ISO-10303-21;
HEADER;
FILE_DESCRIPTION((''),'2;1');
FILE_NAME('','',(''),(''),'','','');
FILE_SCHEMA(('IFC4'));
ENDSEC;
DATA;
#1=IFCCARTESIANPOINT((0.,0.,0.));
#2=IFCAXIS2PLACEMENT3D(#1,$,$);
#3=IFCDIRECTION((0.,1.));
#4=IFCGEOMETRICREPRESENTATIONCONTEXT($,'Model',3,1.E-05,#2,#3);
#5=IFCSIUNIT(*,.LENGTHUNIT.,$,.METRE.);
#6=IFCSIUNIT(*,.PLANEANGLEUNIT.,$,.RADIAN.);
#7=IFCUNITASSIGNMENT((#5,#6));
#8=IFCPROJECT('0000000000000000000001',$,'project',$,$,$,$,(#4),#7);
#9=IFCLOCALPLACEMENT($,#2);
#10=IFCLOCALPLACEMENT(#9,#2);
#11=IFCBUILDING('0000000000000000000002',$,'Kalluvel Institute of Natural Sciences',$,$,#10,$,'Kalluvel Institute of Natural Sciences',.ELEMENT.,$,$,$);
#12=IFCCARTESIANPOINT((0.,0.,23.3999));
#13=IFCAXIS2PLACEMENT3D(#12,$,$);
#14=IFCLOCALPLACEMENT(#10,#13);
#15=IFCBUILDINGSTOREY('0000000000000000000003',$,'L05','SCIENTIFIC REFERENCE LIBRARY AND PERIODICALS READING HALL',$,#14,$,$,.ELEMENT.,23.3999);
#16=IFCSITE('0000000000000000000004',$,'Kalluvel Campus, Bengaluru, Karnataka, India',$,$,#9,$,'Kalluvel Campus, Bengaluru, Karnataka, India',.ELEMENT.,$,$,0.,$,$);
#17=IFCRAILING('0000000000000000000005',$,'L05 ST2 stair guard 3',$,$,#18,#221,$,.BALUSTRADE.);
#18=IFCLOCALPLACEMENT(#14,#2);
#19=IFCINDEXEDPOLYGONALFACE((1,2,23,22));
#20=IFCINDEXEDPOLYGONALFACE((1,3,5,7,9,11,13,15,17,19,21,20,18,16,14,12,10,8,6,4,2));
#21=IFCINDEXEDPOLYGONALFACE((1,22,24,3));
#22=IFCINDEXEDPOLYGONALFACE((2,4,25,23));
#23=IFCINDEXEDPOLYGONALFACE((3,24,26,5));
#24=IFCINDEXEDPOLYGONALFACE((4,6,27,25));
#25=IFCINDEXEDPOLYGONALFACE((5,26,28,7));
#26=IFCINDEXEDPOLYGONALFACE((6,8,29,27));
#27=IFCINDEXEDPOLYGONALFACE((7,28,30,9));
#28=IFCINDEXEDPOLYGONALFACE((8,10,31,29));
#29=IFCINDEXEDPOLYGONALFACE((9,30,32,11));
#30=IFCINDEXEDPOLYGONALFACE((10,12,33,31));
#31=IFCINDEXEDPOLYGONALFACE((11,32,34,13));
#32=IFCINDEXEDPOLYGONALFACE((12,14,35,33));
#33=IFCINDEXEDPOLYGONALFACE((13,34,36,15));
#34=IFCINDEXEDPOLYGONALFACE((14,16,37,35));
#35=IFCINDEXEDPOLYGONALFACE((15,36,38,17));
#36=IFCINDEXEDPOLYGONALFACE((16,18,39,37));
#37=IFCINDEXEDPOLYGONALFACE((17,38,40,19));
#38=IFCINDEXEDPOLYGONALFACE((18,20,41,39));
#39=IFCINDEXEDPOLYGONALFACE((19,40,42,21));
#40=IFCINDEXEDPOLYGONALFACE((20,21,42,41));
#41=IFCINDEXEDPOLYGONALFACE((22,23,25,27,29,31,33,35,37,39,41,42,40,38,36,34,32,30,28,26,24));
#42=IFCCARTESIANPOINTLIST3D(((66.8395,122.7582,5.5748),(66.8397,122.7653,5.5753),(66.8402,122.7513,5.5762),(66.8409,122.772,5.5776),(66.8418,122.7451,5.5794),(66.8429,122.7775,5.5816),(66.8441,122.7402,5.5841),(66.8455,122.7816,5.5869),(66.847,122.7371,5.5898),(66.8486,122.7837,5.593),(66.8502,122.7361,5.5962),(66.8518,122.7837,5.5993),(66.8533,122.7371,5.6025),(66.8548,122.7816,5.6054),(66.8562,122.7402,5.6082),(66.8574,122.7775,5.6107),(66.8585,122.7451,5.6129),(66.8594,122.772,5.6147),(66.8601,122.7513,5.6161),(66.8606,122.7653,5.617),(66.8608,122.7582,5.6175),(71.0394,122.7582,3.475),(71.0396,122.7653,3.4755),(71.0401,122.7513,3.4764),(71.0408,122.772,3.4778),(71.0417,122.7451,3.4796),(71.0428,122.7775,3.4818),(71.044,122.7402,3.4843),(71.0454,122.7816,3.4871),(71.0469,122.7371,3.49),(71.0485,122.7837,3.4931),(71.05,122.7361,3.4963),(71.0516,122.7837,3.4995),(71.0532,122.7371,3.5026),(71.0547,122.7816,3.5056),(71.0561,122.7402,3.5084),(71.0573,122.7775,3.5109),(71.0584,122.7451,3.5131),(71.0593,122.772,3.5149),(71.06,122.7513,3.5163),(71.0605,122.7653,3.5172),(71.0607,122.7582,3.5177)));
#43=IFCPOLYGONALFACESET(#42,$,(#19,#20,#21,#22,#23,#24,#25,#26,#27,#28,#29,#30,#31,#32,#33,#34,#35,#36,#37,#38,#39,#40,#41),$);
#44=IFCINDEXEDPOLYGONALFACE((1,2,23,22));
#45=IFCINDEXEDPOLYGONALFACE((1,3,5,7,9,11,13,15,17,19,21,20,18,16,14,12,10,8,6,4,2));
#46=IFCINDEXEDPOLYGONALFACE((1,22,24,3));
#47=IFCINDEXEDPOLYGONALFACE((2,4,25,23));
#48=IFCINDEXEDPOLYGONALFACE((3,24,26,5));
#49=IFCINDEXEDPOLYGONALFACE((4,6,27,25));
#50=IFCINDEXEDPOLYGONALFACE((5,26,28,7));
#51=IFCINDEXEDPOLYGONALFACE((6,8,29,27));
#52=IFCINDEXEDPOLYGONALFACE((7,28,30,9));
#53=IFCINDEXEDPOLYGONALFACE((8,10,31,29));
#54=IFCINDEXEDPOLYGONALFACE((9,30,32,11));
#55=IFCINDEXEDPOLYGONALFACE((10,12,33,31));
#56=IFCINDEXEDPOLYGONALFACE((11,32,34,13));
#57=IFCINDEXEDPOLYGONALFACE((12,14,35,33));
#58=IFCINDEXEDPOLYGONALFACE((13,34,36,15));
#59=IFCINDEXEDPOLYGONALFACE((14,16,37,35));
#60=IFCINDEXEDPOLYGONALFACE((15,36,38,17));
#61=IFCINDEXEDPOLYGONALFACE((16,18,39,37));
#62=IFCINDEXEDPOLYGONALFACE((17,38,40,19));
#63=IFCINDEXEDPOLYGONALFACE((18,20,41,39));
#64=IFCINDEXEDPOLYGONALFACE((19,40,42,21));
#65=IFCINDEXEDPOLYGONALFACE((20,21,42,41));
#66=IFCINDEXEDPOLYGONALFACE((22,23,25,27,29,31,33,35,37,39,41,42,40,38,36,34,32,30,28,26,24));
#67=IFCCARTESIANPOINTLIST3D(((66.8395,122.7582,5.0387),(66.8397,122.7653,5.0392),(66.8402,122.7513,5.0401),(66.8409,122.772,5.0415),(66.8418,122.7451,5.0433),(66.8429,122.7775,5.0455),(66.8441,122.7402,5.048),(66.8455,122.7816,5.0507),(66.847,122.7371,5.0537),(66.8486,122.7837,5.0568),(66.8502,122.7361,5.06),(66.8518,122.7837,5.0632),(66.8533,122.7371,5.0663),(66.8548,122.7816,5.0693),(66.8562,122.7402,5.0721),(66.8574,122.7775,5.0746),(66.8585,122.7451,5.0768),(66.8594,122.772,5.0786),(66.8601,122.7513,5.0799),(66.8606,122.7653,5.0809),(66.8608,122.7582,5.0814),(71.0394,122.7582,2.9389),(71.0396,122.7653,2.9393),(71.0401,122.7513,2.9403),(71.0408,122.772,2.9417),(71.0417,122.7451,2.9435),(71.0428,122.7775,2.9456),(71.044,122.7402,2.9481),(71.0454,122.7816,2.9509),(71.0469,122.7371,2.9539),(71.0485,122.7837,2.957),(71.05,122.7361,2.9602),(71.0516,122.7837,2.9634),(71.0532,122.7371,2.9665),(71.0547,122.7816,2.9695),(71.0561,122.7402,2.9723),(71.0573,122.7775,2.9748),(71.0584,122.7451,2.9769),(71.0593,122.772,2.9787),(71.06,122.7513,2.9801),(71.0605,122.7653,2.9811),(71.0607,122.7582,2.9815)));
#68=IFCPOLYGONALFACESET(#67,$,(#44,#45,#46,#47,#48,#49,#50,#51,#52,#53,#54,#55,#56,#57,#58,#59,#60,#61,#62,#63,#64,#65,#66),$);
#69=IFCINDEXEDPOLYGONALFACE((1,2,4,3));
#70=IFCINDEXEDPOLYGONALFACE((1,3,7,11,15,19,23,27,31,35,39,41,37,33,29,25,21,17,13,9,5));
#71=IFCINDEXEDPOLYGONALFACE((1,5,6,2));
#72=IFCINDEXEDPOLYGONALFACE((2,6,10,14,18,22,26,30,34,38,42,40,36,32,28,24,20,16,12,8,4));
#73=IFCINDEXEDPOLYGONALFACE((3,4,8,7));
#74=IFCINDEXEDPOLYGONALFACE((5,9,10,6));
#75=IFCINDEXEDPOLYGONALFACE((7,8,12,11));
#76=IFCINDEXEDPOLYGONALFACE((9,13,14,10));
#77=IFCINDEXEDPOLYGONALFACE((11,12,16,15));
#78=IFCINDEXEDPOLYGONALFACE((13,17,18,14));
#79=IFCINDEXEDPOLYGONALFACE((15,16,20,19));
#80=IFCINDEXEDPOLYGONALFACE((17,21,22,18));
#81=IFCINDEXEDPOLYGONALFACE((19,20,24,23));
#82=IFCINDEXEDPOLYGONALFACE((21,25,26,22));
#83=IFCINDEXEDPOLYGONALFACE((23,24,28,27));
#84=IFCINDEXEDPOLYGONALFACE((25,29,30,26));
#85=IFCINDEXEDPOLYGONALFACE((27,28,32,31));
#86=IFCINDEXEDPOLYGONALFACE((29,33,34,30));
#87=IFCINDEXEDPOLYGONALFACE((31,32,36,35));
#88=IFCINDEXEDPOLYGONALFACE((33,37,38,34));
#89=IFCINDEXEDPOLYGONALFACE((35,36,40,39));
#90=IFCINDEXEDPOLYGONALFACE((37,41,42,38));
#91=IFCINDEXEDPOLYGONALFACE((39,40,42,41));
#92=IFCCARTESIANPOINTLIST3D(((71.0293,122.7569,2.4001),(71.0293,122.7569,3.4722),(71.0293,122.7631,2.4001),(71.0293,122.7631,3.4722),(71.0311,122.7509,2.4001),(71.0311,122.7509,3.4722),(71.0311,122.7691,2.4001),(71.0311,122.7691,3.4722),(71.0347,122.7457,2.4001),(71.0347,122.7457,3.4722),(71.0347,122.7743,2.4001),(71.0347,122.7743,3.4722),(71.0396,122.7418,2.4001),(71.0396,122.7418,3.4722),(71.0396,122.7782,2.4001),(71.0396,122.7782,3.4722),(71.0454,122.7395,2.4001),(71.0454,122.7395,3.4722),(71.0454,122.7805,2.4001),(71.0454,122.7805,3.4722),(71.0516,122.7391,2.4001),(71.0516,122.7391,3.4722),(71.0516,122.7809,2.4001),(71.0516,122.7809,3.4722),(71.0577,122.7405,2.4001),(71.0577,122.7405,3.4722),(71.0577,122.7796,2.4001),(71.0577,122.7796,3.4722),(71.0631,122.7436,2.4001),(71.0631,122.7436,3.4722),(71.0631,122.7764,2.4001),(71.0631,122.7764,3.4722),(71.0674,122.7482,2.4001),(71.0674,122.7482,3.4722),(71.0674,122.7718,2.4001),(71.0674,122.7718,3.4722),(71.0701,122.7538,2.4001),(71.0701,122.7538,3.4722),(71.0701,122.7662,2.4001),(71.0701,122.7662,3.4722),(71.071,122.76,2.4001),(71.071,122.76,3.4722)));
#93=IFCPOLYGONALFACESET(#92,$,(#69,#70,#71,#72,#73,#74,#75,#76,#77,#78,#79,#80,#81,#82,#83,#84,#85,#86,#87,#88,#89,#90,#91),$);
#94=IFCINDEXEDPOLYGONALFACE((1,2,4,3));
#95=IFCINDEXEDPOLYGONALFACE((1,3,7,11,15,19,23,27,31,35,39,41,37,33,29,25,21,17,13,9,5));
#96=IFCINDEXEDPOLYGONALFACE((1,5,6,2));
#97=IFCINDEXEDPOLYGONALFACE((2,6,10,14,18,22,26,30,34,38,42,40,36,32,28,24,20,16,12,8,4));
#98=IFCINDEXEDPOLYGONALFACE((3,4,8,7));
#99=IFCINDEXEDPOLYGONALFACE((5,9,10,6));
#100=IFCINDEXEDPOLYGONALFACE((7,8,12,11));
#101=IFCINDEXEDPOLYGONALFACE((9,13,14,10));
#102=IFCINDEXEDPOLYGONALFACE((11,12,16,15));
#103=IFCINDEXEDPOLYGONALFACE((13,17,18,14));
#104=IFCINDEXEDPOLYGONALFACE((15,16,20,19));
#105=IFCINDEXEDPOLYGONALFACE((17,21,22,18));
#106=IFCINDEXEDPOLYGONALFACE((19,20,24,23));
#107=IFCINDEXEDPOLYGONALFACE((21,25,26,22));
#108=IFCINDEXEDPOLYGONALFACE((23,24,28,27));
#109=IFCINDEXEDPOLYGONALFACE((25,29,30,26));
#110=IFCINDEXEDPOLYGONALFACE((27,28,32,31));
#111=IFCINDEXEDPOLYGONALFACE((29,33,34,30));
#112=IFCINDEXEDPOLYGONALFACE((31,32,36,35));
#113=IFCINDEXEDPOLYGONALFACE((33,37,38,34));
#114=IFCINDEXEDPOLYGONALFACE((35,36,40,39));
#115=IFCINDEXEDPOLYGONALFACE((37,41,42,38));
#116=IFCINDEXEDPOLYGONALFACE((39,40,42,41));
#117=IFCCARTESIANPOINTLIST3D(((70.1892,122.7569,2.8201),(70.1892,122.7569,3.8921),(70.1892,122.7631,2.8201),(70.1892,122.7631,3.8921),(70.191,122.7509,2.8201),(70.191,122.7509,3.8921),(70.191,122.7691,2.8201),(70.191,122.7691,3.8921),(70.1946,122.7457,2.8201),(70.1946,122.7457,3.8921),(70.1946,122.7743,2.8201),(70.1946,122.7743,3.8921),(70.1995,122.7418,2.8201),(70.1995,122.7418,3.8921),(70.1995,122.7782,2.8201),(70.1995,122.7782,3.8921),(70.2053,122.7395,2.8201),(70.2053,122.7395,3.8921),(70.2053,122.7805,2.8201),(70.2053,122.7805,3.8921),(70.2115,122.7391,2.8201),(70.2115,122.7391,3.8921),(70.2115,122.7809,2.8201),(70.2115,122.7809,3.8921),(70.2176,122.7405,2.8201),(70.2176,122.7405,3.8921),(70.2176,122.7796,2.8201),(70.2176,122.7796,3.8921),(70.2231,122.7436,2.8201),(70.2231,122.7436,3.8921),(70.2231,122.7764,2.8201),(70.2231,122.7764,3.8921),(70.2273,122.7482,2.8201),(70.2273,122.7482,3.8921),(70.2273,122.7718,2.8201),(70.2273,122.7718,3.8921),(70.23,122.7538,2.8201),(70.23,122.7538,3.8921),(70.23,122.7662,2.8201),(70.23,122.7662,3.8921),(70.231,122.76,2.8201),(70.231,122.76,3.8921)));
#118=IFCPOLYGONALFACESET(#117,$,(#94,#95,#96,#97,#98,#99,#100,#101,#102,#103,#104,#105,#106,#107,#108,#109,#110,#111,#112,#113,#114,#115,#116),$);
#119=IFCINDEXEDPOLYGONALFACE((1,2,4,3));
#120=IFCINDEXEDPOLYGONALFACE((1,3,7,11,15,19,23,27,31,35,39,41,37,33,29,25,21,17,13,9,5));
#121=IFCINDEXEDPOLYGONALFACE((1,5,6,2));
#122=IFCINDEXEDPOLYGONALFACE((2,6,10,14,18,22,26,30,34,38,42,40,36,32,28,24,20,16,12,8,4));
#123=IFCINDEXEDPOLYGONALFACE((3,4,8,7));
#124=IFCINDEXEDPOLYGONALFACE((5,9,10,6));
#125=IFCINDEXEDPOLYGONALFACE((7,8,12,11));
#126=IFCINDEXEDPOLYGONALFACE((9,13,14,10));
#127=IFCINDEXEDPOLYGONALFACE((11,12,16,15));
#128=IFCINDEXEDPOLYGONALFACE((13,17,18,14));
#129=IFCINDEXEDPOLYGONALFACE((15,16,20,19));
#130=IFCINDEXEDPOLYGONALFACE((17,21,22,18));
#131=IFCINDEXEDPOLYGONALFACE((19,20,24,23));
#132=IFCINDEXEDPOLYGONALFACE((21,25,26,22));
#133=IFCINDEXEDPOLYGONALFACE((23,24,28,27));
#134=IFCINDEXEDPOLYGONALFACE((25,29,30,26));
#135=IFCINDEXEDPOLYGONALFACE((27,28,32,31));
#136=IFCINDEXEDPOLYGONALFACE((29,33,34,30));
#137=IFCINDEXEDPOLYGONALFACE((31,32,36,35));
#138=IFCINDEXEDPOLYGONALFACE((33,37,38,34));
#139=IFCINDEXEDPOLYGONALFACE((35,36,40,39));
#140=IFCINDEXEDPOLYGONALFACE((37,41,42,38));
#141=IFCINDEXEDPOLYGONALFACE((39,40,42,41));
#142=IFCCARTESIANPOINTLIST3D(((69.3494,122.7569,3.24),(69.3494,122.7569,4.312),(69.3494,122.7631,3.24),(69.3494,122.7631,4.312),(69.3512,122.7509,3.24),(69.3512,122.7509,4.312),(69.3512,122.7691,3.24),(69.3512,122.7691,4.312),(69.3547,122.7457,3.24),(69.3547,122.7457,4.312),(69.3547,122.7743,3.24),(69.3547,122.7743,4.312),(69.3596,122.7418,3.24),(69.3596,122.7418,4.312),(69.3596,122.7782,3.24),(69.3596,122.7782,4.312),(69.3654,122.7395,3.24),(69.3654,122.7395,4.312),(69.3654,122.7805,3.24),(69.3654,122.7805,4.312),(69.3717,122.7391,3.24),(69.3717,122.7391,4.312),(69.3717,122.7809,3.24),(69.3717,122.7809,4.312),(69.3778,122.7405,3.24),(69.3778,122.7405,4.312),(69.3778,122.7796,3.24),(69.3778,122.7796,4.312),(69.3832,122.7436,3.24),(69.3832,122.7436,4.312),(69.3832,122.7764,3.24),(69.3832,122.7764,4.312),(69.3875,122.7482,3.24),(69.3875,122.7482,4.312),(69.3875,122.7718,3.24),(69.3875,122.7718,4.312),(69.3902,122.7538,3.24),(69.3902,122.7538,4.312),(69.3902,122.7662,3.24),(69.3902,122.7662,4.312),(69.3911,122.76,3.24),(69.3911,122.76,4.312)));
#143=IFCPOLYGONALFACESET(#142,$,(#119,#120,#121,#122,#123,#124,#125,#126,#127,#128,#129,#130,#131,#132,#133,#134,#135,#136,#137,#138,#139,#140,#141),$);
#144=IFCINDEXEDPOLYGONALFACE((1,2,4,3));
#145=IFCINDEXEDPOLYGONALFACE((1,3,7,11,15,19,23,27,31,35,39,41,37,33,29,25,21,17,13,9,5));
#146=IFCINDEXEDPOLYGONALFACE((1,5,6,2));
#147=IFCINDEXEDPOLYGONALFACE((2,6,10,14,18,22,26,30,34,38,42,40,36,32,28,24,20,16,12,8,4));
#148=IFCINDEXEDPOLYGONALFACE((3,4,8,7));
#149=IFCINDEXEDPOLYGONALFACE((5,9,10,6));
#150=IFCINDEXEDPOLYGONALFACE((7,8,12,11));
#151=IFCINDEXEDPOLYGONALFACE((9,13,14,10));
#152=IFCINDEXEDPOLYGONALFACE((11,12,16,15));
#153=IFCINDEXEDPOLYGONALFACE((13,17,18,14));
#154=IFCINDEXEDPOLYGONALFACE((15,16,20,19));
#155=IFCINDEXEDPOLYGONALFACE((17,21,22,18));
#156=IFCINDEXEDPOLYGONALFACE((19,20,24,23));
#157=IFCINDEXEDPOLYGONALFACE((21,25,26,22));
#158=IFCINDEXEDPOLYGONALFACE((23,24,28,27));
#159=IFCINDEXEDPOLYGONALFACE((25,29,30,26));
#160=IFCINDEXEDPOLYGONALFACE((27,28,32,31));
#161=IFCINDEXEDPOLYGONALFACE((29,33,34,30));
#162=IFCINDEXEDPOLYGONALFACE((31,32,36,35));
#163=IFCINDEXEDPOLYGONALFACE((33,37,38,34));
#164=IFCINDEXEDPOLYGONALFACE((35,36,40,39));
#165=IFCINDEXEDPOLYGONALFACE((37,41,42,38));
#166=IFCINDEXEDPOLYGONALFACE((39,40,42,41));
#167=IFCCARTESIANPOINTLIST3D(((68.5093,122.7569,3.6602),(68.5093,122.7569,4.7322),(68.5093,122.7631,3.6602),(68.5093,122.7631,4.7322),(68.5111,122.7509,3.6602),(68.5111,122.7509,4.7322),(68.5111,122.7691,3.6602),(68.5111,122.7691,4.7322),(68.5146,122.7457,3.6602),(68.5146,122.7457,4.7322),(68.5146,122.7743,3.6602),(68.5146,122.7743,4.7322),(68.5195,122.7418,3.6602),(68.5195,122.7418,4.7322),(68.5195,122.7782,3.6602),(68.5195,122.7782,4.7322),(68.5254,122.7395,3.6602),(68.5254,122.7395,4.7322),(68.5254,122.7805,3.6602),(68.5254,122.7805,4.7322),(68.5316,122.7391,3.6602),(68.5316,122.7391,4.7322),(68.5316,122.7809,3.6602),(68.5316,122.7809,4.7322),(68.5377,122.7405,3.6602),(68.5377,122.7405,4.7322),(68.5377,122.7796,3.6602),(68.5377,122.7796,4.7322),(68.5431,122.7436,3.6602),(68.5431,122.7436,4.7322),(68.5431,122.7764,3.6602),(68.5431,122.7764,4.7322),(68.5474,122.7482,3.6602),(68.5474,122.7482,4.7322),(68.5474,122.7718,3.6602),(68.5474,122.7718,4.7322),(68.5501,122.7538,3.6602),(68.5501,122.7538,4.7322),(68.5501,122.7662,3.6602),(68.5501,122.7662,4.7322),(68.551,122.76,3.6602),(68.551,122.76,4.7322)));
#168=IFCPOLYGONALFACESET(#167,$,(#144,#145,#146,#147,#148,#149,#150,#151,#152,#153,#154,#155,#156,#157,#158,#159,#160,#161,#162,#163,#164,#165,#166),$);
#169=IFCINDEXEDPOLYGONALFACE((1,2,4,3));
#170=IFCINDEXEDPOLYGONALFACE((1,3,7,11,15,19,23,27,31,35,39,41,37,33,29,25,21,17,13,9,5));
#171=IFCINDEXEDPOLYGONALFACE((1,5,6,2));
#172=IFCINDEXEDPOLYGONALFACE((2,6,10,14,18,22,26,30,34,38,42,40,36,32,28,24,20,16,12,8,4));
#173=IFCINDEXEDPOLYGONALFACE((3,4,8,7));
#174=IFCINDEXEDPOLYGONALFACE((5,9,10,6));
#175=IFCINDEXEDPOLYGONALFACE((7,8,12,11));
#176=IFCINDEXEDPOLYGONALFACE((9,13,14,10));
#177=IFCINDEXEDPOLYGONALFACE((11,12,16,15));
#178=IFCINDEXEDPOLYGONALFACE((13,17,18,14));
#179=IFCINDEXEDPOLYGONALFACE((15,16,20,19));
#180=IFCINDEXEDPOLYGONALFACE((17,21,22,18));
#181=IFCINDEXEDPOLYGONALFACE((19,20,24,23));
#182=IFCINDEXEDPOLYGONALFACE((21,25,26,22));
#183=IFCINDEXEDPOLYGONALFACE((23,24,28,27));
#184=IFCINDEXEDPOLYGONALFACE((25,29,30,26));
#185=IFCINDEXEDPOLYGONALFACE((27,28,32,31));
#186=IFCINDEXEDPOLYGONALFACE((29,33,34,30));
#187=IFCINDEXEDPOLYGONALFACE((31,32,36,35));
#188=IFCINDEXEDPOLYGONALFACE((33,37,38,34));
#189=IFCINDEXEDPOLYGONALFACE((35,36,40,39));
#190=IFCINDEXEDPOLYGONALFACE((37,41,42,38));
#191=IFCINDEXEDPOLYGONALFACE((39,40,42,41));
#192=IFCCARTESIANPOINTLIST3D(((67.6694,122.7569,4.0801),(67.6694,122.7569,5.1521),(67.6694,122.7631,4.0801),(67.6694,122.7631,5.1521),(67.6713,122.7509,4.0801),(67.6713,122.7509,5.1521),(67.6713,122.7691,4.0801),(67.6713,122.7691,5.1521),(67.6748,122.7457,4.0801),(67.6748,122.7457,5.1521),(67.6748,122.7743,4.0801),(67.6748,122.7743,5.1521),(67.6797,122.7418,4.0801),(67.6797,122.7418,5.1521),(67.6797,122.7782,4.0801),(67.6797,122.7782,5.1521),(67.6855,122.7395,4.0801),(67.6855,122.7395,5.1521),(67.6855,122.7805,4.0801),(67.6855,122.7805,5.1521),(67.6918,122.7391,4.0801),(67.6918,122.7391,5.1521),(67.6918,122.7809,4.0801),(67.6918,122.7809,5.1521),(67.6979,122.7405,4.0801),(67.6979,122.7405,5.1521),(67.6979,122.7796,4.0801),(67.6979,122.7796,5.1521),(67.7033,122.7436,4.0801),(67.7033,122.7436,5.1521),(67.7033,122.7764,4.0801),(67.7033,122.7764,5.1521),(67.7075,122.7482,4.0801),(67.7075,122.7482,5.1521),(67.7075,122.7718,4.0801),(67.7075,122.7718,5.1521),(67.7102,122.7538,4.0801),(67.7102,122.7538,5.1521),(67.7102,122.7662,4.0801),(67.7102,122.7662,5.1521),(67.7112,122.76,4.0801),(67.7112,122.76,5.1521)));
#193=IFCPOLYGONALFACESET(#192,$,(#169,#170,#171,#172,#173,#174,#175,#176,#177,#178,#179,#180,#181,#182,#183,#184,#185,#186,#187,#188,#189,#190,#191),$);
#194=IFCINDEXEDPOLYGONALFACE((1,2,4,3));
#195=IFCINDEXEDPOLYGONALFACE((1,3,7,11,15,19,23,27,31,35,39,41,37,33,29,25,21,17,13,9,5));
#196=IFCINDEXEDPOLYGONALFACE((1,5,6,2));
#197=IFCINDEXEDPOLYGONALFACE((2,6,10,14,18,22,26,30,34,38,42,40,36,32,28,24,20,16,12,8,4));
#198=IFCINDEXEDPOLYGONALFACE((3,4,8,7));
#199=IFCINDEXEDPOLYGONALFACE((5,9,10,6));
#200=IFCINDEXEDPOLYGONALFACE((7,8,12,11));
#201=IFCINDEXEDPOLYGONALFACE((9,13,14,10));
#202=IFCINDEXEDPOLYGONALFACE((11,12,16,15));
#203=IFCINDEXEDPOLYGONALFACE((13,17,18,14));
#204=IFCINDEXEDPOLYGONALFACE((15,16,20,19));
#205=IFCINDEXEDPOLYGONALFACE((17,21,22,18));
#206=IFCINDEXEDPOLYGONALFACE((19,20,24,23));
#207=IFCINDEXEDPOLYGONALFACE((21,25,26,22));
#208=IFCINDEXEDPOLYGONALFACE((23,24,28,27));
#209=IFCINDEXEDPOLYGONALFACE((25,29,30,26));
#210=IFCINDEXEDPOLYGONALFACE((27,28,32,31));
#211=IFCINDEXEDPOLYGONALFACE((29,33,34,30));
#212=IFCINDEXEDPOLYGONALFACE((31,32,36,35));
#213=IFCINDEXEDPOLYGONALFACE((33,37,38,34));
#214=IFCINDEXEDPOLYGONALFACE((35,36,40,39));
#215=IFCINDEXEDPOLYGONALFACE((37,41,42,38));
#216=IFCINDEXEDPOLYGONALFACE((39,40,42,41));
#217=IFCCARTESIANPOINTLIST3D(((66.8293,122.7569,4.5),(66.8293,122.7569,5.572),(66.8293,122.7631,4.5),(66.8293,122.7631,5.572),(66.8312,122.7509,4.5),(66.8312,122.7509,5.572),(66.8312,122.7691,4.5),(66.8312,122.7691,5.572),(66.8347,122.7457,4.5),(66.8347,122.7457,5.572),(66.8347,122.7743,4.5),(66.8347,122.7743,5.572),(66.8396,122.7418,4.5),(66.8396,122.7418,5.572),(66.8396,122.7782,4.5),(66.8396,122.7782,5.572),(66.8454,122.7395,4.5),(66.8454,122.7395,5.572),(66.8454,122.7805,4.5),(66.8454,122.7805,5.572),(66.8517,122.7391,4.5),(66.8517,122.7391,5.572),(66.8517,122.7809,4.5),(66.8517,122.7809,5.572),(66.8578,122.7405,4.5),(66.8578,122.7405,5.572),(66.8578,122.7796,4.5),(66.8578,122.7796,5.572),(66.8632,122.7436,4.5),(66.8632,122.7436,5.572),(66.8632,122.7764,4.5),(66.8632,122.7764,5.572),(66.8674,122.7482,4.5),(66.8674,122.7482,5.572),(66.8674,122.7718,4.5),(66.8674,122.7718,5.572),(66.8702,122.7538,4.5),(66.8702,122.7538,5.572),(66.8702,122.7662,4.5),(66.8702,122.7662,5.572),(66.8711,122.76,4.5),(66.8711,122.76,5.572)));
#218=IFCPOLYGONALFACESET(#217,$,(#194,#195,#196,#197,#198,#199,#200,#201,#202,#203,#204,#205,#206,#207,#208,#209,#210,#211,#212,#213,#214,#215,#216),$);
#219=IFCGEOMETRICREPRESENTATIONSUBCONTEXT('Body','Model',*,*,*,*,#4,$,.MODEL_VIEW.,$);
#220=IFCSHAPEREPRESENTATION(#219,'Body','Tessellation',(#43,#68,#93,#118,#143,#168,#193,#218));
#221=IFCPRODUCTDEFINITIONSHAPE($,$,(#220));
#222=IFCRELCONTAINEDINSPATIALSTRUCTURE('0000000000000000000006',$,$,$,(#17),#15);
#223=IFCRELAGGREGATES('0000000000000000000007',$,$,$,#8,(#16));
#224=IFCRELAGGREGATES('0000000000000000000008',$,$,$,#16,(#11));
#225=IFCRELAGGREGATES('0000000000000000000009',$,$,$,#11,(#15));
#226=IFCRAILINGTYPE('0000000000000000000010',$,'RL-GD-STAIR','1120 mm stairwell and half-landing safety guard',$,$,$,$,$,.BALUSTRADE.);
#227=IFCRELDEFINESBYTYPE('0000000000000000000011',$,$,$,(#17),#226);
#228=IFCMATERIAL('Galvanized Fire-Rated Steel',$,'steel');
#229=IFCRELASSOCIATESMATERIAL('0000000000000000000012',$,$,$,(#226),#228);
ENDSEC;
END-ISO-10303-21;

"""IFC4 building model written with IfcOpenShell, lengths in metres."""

from ifc_helpers import new_model, si_unit, direction, frame, origin, origin_2d, place, context, subcontext, project, spatial, circle, extrude, material, type_object, element, save


model = new_model("IFC4")

# Units and contexts
model_context = context("Model", 3, precision=1e-05, world=origin(), true_north=direction((0.0, 1.0)))
body_context = subcontext(model_context, "Body", "Model", "MODEL_VIEW")
ifc_project = project(units=[si_unit("LENGTHUNIT", "METRE"), si_unit("PLANEANGLEUNIT", "RADIAN")], contexts=[model_context])

# Site, building, storey
site_placement = place(None, origin())
site = spatial("IfcSite", under=ifc_project, at=site_placement, Name="Kalluvel Campus, Bengaluru, Karnataka, India", LongName="Kalluvel Campus, Bengaluru, Karnataka, India", CompositionType="ELEMENT", RefElevation=0.0)
building_placement = place(site_placement, origin())
building = spatial("IfcBuilding", under=site, at=building_placement, Name="Kalluvel Institute of Natural Sciences", LongName="Kalluvel Institute of Natural Sciences", CompositionType="ELEMENT")
storey_placement = place(building_placement, frame((0.0, 0.0, 23.3999)))
storey = spatial("IfcBuildingStorey", under=building, at=storey_placement, Name="L05", Description="SCIENTIFIC REFERENCE LIBRARY AND PERIODICALS READING HALL", CompositionType="ELEMENT", Elevation=23.3999)

# Shared definitions
ifc_material_1 = material(Name="Galvanized Fire-Rated Steel", Category="steel")

# Railing
railing_type_1 = type_object("IfcRailingType", Name="RL-GD-STAIR", Description="1120 mm stairwell and half-landing safety guard", PredefinedType="BALUSTRADE", material=ifc_material_1)
railing_1_placement = place(storey_placement, frame((71.05, 122.76, 2.4001)))
element("IfcRailing", 1, at=railing_1_placement, inside=storey, type_object=railing_type_1, Name="L05 ST2 stair guard 3", PredefinedType="BALUSTRADE", context=body_context, shape_type="SweptSolid", body=[
    extrude(circle(Radius=0.0239, at=origin_2d()), frame((0.0, 0.0, 1.0962), z_axis=(-0.894438, 0.0, 0.447193), x_axis=(0.0, -1.0, 0.0)), (0.0, 0.0, 1.0), 4.6956),
    extrude(circle(Radius=0.0239, at=origin_2d()), frame((0.0, 0.0, 0.5601), z_axis=(-0.894438, 0.0, 0.447193), x_axis=(0.0, -1.0, 0.0)), (0.0, 0.0, 1.0), 4.6956),
    extrude(circle(Radius=0.021, at=origin_2d()), origin(), (0.0, 0.0, 1.0), 1.072),
    extrude(circle(Radius=0.021, at=origin_2d()), frame((-0.8401, 0.0, 0.4199)), (0.0, 0.0, 1.0), 1.072),
    extrude(circle(Radius=0.021, at=origin_2d()), frame((-1.6799, 0.0, 0.8398)), (0.0, 0.0, 1.0), 1.072),
    extrude(circle(Radius=0.021, at=origin_2d()), frame((-2.52, 0.0, 1.26)), (0.0, 0.0, 1.0), 1.072),
    extrude(circle(Radius=0.021, at=origin_2d()), frame((-3.3599, 0.0, 1.6799)), (0.0, 0.0, 1.0), 1.072),
    extrude(circle(Radius=0.021, at=origin_2d()), frame((-4.2, 0.0, 2.0999)), (0.0, 0.0, 1.0), 1.072),
])

save(model, "model.ifc")
